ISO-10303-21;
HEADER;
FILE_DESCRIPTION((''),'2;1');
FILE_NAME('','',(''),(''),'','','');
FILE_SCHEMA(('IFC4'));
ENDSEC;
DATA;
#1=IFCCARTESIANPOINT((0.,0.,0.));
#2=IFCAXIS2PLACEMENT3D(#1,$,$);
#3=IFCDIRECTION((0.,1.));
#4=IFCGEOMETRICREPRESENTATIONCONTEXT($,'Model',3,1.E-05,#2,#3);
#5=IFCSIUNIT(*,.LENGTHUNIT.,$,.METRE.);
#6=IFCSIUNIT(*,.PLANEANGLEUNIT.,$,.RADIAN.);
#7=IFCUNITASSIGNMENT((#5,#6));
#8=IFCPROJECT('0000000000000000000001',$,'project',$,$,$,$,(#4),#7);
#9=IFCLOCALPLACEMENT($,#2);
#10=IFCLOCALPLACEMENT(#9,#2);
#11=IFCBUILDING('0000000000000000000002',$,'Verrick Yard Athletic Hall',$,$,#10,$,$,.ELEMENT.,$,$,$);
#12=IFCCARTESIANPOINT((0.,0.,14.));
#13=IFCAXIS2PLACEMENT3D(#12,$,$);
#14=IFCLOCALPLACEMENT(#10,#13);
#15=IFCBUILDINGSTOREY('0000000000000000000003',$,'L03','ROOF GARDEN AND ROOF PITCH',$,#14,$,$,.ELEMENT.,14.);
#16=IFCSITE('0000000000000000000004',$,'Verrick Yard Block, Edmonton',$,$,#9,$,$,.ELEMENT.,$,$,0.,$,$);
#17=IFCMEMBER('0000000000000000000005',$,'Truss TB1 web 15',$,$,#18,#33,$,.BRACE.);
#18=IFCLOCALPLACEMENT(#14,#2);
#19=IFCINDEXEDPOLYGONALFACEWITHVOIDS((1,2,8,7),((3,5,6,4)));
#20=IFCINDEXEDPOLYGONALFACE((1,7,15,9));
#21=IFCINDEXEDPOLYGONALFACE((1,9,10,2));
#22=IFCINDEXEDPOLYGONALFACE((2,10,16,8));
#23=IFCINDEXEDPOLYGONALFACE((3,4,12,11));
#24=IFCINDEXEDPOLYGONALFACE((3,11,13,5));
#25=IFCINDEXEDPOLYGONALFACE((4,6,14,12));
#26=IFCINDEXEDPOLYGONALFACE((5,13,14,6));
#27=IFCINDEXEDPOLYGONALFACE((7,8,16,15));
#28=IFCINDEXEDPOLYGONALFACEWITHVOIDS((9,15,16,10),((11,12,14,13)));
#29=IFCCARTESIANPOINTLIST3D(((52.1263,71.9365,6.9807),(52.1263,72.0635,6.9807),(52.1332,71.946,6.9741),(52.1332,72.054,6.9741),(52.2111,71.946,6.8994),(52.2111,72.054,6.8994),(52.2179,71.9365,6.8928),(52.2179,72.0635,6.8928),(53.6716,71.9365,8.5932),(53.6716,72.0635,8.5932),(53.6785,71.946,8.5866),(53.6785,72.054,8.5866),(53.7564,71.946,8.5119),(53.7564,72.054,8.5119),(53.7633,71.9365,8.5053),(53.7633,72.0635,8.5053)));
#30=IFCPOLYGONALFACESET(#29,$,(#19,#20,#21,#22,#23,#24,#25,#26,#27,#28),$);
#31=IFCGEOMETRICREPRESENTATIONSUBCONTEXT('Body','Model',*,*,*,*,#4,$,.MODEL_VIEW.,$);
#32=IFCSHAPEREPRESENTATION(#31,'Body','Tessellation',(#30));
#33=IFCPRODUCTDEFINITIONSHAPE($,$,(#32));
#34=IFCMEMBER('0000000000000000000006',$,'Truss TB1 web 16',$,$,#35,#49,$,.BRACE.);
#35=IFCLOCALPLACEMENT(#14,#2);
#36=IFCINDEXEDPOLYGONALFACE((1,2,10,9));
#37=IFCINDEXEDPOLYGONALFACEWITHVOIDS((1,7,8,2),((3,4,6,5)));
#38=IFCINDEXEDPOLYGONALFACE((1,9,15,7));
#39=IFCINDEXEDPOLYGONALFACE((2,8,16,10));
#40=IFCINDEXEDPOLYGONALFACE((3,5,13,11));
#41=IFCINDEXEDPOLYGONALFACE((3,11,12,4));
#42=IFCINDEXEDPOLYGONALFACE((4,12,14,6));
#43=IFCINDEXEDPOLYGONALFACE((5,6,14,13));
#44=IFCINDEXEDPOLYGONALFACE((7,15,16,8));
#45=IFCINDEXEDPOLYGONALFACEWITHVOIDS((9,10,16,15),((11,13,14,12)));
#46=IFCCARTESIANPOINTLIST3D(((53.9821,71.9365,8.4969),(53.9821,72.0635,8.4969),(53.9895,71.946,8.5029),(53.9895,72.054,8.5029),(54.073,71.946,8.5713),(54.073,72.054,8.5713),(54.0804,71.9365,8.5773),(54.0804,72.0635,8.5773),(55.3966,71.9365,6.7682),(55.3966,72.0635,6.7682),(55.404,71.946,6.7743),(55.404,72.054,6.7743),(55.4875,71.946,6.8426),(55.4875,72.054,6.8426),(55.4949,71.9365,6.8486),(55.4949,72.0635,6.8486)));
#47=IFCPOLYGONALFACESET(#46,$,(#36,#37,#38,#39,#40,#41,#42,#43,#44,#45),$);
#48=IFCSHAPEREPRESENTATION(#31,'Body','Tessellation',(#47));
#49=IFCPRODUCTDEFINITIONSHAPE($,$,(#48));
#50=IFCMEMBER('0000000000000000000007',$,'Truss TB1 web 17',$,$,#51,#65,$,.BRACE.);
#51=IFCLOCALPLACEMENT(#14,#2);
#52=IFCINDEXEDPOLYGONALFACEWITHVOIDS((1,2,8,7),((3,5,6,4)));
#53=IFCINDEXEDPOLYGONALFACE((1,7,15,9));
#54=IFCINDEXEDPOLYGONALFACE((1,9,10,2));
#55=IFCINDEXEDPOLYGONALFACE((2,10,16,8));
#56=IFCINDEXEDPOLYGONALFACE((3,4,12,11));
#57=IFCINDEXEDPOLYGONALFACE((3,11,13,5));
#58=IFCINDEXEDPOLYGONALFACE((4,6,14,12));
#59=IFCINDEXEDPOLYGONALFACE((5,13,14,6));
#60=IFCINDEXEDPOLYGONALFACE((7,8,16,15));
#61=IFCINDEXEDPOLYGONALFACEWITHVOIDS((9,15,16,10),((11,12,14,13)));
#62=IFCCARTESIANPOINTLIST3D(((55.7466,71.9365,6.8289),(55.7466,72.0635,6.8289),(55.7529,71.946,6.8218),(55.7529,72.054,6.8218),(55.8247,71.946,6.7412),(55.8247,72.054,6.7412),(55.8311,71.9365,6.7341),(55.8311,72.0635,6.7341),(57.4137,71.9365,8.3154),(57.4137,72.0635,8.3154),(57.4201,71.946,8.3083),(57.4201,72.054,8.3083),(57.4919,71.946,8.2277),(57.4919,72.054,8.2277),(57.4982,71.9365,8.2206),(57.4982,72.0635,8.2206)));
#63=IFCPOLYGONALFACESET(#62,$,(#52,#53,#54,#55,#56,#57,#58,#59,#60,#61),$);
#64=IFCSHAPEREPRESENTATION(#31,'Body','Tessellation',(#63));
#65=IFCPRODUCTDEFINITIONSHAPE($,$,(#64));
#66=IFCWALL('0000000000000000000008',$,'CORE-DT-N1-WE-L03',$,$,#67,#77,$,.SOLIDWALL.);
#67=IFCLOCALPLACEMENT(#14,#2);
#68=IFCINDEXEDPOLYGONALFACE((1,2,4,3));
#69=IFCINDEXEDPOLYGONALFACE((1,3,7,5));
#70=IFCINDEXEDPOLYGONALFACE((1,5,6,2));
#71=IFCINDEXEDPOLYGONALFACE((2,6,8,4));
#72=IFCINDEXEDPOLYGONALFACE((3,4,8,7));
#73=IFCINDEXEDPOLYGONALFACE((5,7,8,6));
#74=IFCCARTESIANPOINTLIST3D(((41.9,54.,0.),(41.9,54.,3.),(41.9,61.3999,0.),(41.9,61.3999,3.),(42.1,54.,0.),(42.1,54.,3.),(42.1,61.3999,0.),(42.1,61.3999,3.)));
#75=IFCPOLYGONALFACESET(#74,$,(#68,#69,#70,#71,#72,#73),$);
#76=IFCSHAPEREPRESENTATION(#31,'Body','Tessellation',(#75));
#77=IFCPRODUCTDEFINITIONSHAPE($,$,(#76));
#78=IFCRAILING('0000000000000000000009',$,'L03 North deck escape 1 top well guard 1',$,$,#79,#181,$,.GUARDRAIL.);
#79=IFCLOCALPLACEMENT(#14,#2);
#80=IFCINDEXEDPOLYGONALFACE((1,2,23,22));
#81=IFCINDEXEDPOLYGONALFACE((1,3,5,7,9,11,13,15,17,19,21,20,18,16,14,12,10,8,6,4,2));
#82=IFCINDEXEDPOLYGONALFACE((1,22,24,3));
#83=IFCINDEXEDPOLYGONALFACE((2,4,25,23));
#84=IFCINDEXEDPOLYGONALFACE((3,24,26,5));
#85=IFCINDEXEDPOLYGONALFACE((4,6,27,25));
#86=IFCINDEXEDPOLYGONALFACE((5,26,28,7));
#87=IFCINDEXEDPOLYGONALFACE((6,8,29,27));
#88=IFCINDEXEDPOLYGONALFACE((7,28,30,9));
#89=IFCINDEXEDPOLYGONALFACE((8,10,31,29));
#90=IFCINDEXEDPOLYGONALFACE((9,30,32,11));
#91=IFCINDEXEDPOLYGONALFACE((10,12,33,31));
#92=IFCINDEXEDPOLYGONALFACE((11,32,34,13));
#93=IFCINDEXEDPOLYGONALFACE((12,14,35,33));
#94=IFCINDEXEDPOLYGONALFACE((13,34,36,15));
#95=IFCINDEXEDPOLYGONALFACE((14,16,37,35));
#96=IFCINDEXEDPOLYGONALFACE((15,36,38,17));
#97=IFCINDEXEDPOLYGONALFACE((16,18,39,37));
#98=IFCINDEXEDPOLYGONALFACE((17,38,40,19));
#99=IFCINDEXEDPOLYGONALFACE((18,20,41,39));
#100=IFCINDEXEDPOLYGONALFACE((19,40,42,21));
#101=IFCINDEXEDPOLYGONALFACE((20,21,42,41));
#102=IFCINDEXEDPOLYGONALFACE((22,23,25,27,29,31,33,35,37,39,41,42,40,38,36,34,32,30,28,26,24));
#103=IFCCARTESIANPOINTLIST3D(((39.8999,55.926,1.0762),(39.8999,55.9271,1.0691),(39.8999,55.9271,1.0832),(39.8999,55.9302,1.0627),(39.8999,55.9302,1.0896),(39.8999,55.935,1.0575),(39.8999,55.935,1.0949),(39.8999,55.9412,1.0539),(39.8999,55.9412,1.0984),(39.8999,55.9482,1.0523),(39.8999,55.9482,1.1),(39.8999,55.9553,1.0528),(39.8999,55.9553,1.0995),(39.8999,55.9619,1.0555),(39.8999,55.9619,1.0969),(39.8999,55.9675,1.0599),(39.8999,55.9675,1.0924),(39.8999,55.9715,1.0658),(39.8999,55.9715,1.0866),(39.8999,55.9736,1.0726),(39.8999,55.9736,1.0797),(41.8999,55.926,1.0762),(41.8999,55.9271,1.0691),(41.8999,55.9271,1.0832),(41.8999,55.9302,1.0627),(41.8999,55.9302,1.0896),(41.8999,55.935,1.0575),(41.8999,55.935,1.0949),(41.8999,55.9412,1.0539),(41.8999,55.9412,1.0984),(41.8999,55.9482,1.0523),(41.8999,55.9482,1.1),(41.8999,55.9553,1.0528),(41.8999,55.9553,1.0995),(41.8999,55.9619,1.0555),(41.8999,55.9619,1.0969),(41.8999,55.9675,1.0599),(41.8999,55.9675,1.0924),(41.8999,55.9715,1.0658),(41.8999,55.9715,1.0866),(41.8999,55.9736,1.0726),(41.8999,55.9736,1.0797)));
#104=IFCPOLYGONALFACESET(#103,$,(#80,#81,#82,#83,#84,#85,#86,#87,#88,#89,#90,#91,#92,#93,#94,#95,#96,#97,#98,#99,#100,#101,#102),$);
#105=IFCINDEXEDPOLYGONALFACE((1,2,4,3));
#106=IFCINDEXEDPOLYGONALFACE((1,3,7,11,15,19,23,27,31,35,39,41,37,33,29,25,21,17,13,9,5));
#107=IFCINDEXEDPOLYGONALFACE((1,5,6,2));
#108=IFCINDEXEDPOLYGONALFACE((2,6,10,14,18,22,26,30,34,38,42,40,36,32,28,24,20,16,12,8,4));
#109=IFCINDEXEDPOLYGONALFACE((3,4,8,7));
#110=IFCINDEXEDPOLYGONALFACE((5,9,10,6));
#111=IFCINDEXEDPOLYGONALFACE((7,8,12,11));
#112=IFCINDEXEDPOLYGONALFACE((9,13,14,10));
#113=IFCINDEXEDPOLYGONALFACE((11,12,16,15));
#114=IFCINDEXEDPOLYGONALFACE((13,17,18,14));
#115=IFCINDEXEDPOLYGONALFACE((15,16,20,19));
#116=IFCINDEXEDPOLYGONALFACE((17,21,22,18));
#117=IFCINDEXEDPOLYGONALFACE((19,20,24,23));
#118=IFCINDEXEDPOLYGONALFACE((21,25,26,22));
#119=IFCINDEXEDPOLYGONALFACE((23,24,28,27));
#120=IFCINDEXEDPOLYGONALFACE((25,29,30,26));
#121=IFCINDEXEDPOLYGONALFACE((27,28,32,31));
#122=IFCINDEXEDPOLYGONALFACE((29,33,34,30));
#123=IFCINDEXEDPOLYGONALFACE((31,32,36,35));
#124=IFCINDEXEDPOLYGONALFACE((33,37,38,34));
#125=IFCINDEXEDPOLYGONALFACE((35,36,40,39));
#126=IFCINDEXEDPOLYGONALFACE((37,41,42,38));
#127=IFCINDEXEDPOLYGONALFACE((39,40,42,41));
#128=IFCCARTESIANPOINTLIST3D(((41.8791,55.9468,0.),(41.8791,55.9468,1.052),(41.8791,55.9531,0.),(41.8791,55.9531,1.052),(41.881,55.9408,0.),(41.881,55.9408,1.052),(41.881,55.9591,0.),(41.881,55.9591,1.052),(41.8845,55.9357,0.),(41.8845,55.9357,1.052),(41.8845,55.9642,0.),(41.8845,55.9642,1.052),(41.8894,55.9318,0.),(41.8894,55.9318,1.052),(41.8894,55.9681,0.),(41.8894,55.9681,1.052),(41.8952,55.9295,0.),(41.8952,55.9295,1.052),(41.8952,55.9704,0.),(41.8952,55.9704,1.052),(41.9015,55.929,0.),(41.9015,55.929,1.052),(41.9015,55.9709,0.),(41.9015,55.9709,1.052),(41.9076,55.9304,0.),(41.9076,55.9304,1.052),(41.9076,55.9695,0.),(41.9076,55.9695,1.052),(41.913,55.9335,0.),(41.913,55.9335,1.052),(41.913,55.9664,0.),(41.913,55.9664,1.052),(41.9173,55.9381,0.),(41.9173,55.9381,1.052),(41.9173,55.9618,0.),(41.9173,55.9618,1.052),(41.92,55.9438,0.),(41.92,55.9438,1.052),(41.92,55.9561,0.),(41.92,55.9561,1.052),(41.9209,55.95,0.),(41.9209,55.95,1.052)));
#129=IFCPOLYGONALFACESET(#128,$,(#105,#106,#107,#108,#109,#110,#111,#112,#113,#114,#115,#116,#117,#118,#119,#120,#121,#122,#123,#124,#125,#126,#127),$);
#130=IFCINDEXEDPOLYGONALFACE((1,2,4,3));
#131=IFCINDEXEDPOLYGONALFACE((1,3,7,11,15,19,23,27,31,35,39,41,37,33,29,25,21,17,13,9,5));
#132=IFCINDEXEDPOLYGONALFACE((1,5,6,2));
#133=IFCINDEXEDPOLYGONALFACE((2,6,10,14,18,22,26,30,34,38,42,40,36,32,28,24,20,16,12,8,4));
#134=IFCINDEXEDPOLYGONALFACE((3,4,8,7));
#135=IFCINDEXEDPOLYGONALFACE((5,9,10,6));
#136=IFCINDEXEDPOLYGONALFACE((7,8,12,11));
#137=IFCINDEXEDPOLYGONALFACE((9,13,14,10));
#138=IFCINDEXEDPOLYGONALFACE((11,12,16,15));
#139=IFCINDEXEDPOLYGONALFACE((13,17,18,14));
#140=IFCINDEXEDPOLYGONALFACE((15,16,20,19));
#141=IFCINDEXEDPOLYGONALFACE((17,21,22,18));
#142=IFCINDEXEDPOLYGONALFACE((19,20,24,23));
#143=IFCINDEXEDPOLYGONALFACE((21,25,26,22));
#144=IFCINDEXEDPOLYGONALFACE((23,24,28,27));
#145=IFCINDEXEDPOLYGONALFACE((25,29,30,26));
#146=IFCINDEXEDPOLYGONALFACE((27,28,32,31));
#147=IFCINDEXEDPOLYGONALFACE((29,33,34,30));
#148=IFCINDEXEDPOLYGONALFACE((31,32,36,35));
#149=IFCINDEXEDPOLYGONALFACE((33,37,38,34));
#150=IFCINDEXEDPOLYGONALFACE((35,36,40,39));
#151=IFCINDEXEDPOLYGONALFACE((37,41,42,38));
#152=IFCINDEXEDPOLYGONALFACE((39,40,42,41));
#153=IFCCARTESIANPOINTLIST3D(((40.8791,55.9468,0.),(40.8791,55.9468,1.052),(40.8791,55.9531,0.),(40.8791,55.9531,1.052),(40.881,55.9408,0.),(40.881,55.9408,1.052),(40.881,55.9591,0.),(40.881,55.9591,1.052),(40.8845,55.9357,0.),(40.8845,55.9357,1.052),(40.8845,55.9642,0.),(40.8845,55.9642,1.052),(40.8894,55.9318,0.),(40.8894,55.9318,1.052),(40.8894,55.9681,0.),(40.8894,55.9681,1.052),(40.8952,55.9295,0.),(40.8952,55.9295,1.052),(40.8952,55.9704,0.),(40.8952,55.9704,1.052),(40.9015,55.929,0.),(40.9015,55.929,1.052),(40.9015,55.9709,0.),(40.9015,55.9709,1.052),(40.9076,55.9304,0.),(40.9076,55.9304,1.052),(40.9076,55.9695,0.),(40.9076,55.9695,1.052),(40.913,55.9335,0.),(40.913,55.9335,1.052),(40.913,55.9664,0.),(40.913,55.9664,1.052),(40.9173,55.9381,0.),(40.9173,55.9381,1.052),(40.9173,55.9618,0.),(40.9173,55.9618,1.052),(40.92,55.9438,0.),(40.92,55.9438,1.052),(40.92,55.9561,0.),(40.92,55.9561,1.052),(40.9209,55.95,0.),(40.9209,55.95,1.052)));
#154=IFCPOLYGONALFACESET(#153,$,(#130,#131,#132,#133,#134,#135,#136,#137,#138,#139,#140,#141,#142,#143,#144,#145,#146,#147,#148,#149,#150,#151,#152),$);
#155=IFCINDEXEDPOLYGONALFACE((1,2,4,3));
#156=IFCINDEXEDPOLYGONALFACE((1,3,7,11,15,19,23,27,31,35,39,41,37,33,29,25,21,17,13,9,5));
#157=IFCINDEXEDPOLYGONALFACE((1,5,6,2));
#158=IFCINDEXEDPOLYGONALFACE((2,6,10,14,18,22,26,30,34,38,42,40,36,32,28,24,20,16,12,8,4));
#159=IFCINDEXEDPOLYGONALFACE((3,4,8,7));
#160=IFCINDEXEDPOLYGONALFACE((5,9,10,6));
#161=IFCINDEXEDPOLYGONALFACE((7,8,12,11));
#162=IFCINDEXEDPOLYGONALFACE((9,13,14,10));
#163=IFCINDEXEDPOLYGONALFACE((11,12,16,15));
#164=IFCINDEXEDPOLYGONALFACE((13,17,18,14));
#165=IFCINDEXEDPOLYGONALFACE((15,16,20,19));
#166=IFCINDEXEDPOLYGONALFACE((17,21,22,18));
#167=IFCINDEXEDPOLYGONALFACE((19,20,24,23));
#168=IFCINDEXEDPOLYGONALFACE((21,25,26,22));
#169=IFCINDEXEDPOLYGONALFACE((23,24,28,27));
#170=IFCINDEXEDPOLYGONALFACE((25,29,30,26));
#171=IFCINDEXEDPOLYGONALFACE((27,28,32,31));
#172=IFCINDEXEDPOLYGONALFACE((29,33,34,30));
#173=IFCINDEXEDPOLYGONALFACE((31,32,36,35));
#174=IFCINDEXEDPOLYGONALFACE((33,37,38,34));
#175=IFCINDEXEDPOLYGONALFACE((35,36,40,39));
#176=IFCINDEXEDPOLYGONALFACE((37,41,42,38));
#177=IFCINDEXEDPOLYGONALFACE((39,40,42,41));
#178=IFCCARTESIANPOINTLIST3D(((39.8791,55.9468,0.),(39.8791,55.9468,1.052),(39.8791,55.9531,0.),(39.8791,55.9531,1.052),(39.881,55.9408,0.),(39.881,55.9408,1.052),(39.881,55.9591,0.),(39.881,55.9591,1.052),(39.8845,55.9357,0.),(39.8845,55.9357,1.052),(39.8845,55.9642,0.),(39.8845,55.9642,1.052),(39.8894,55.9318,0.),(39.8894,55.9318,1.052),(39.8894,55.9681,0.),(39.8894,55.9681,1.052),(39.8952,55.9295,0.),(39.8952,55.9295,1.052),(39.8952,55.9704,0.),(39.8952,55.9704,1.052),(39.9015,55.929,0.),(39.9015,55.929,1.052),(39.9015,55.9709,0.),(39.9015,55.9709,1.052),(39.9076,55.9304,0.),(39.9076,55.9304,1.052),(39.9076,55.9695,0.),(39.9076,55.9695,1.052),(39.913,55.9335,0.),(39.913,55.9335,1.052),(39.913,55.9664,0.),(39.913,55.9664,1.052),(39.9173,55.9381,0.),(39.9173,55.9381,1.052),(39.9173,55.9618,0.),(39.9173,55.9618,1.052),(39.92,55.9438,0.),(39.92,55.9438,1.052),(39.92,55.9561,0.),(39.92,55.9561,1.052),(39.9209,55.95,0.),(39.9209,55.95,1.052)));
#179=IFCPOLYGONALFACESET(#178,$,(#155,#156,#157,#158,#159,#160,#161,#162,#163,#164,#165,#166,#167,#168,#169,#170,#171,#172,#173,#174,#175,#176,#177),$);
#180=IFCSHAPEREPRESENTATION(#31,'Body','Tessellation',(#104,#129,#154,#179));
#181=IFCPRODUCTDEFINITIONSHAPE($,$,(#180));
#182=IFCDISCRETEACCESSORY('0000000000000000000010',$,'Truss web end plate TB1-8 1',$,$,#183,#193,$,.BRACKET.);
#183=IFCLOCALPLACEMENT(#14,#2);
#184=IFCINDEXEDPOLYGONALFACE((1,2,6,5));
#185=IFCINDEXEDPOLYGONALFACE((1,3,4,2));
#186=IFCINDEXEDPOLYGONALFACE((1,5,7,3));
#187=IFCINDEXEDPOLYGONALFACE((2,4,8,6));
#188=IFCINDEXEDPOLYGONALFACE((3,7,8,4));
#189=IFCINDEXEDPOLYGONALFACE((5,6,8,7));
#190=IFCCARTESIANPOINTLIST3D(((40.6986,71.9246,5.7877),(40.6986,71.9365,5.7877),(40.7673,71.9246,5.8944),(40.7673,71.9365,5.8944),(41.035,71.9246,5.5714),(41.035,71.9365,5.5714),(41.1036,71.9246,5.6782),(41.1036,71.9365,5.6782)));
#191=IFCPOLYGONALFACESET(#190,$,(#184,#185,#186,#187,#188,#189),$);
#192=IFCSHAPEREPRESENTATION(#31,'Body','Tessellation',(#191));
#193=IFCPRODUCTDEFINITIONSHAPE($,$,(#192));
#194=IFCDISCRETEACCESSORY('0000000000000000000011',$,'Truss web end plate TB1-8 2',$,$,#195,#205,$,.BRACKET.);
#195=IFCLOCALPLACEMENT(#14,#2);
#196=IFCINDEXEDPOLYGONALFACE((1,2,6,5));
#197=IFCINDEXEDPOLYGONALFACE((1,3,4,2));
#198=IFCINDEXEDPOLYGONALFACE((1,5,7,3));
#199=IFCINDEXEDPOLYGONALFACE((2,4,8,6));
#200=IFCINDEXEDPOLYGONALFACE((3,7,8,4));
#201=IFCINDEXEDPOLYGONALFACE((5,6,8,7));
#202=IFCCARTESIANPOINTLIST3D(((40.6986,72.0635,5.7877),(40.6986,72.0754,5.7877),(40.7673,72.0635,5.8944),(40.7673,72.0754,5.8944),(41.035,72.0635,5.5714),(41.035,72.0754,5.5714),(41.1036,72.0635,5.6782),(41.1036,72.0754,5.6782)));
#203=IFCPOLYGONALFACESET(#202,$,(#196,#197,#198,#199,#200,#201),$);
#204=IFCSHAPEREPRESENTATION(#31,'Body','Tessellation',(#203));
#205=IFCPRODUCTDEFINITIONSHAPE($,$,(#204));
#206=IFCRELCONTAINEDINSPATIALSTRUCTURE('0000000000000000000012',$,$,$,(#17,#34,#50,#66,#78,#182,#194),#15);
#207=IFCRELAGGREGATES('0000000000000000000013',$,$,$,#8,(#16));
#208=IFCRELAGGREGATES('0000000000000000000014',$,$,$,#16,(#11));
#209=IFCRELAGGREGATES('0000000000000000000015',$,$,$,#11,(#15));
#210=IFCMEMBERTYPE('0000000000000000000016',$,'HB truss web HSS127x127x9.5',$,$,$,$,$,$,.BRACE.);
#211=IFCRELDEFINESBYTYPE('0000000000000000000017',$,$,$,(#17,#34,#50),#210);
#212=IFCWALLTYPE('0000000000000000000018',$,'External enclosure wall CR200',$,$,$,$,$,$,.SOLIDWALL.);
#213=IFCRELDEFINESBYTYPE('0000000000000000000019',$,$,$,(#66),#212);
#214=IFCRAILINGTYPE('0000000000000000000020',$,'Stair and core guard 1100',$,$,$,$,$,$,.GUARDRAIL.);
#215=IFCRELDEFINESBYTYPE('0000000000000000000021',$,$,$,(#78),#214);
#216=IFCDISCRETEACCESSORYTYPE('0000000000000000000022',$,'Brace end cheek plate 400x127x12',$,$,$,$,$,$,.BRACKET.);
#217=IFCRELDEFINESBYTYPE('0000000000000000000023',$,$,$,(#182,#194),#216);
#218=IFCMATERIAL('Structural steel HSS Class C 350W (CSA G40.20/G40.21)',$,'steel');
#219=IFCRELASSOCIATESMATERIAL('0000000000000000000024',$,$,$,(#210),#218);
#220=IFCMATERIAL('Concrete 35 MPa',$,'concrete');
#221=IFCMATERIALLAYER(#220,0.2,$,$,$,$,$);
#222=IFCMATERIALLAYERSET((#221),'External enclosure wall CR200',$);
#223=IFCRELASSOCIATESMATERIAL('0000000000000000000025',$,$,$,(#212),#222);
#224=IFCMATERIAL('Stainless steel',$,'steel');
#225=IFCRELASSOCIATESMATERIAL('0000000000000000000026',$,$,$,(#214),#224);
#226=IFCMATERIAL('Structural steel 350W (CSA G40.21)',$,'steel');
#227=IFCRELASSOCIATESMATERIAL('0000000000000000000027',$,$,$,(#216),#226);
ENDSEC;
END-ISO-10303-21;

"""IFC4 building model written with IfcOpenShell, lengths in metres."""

from ifc_helpers import new_model, si_unit, direction, frame, frame_2d, origin, origin_2d, place, context, subcontext, project, spatial, rectangle, hollow_rectangle, circle, extrude, material, layer, layer_set, material_profile, profile_set, type_object, element, save


model = new_model("IFC4")

# Units and contexts
model_context = context("Model", 3, precision=1e-05, world=origin(), true_north=direction((0.0, 1.0)))
body_context = subcontext(model_context, "Body", "Model", "MODEL_VIEW")
ifc_project = project(units=[si_unit("LENGTHUNIT", "METRE"), si_unit("PLANEANGLEUNIT", "RADIAN")], contexts=[model_context])

# Site, building, storey
site_placement = place(None, origin())
site = spatial("IfcSite", under=ifc_project, at=site_placement, Name="Verrick Yard Block, Edmonton", CompositionType="ELEMENT", RefElevation=0.0)
building_placement = place(site_placement, origin())
building = spatial("IfcBuilding", under=site, at=building_placement, Name="Verrick Yard Athletic Hall", CompositionType="ELEMENT")
storey_placement = place(building_placement, frame((0.0, 0.0, 14.0)))
storey = spatial("IfcBuildingStorey", under=building, at=storey_placement, Name="L03", Description="ROOF GARDEN AND ROOF PITCH", CompositionType="ELEMENT", Elevation=14.0)

# Shared definitions
ifc_material_1 = material(Name="Structural steel 350W (CSA G40.21)", Category="steel")

# Members
ifc_material_2 = material(Name="Structural steel HSS Class C 350W (CSA G40.20/G40.21)", Category="steel")
ifc_material_profile_1 = material_profile(ifc_material_2, hollow_rectangle(XDim=0.127, YDim=0.127, WallThickness=0.0095, at=origin_2d()), Name="HSS127x127x9.5")
ifc_profile_set_1 = profile_set([ifc_material_profile_1], Name="Structural steel HSS Class C 350W (CSA G40.20/G40.21)")
member_type_1 = type_object("IfcMemberType", Name="HB truss web HSS127x127x9.5", PredefinedType="BRACE", material=ifc_profile_set_1)
for number, where, z_axis, x_axis, name in (
    (1, (52.1721, 72.0, 6.9368), (0.691917, 0.0, 0.721977), (0.0, 1.0, 0.0), "Truss TB1 web 15"),
):
    element("IfcMember", number, at=place(storey_placement, frame(where, z_axis=z_axis, x_axis=x_axis)), inside=storey, type_object=member_type_1, Name=name, PredefinedType="BRACE", context=body_context, shape_type="SweptSolid", body=[
        extrude(hollow_rectangle(XDim=0.127, YDim=0.127, WallThickness=0.0095, at=origin_2d()), origin(), (0.0, 0.0, 1.0), 2.2334),
    ])
for number, where, z_axis, x_axis, name in (
    (2, (54.0312, 72.0, 8.5371), (0.633268, 0.0, -0.773933), (0.0, 1.0, 0.0), "Truss TB1 web 16"),
    (3, (55.7888, 72.0, 6.7815), (0.746389, 0.0, 0.66551), (0.0, 1.0, 0.0), "Truss TB1 web 17"),
):
    element("IfcMember", number, at=place(storey_placement, frame(where, z_axis=z_axis, x_axis=x_axis)), inside=storey, type_object=member_type_1, Name=name, PredefinedType="BRACE", context=body_context, shape_type="SweptSolid", body=[
        extrude(hollow_rectangle(XDim=0.127, YDim=0.127, WallThickness=0.0095, at=origin_2d()), origin(), (0.0, 0.0, 1.0), 2.2336),
    ])

# Wall
ifc_material_3 = material(Name="Concrete 35 MPa", Category="concrete")
ifc_layer = layer(ifc_material_3, 0.2)
ifc_layer_set = layer_set([ifc_layer], Name="External enclosure wall CR200")
wall_type = type_object("IfcWallType", Name="External enclosure wall CR200", PredefinedType="SOLIDWALL", material=ifc_layer_set)
wall_placement = place(storey_placement, frame((42.0, 61.3999, 0.0), z_axis=(0.0, 0.0, 1.0), x_axis=(0.0, -1.0, 0.0)))
element("IfcWall", 4, at=wall_placement, inside=storey, type_object=wall_type, Name="CORE-DT-N1-WE-L03", PredefinedType="SOLIDWALL", context=body_context, shape_type="SweptSolid", body=[
    extrude(rectangle(XDim=7.3999, YDim=0.2, at=frame_2d((3.7, 0.0))), origin(), (0.0, 0.0, 1.0), 3.0),
])

# Railing
ifc_material_4 = material(Name="Stainless steel", Category="steel")
railing_type = type_object("IfcRailingType", Name="Stair and core guard 1100", PredefinedType="GUARDRAIL", material=ifc_material_4)
railing_placement = place(storey_placement, frame((41.8999, 55.95, 0.0)))
element("IfcRailing", 5, at=railing_placement, inside=storey, type_object=railing_type, Name="L03 North deck escape 1 top well guard 1", PredefinedType="GUARDRAIL", context=body_context, shape_type="SweptSolid", body=[
    extrude(circle(Radius=0.0239, at=origin_2d()), frame((0.0, 0.0, 1.0762), z_axis=(-1.0, 0.0, 0.0), x_axis=(0.0, -1.0, 0.0)), (0.0, 0.0, 1.0), 2.0),
    extrude(circle(Radius=0.021, at=origin_2d()), origin(), (0.0, 0.0, 1.0), 1.052),
    extrude(circle(Radius=0.021, at=origin_2d()), frame((-1.0, 0.0, 0.0)), (0.0, 0.0, 1.0), 1.052),
    extrude(circle(Radius=0.021, at=origin_2d()), frame((-2.0, 0.0, 0.0)), (0.0, 0.0, 1.0), 1.052),
])

# Discrete accessories
ifc_material_profile_2 = material_profile(ifc_material_1, rectangle(XDim=0.3999, YDim=0.127, at=origin_2d()), Name="Brace end cheek plate")
ifc_profile_set_2 = profile_set([ifc_material_profile_2], Name="Structural steel 350W (CSA G40.21)")
discrete_accessory_type = type_object("IfcDiscreteAccessoryType", Name="Brace end cheek plate 400x127x12", PredefinedType="BRACKET", material=ifc_profile_set_2)
for number, where, z_axis, x_axis, name in (
    (6, (40.9011, 71.9365, 5.7329), (0.0, -1.0, 0.0), (-0.841141, 0.0, 0.540816), "Truss web end plate TB1-8 1"),
    (7, (40.9011, 72.0635, 5.7329), (0.0, 1.0, 0.0), (-0.841141, 0.0, 0.540816), "Truss web end plate TB1-8 2"),
):
    element("IfcDiscreteAccessory", number, at=place(storey_placement, frame(where, z_axis=z_axis, x_axis=x_axis)), inside=storey, type_object=discrete_accessory_type, Name=name, PredefinedType="BRACKET", context=body_context, shape_type="SweptSolid", body=[
        extrude(rectangle(XDim=0.3999, YDim=0.127, at=origin_2d()), origin(), (0.0, 0.0, 1.0), 0.012),
    ])

save(model, "model.ifc")
